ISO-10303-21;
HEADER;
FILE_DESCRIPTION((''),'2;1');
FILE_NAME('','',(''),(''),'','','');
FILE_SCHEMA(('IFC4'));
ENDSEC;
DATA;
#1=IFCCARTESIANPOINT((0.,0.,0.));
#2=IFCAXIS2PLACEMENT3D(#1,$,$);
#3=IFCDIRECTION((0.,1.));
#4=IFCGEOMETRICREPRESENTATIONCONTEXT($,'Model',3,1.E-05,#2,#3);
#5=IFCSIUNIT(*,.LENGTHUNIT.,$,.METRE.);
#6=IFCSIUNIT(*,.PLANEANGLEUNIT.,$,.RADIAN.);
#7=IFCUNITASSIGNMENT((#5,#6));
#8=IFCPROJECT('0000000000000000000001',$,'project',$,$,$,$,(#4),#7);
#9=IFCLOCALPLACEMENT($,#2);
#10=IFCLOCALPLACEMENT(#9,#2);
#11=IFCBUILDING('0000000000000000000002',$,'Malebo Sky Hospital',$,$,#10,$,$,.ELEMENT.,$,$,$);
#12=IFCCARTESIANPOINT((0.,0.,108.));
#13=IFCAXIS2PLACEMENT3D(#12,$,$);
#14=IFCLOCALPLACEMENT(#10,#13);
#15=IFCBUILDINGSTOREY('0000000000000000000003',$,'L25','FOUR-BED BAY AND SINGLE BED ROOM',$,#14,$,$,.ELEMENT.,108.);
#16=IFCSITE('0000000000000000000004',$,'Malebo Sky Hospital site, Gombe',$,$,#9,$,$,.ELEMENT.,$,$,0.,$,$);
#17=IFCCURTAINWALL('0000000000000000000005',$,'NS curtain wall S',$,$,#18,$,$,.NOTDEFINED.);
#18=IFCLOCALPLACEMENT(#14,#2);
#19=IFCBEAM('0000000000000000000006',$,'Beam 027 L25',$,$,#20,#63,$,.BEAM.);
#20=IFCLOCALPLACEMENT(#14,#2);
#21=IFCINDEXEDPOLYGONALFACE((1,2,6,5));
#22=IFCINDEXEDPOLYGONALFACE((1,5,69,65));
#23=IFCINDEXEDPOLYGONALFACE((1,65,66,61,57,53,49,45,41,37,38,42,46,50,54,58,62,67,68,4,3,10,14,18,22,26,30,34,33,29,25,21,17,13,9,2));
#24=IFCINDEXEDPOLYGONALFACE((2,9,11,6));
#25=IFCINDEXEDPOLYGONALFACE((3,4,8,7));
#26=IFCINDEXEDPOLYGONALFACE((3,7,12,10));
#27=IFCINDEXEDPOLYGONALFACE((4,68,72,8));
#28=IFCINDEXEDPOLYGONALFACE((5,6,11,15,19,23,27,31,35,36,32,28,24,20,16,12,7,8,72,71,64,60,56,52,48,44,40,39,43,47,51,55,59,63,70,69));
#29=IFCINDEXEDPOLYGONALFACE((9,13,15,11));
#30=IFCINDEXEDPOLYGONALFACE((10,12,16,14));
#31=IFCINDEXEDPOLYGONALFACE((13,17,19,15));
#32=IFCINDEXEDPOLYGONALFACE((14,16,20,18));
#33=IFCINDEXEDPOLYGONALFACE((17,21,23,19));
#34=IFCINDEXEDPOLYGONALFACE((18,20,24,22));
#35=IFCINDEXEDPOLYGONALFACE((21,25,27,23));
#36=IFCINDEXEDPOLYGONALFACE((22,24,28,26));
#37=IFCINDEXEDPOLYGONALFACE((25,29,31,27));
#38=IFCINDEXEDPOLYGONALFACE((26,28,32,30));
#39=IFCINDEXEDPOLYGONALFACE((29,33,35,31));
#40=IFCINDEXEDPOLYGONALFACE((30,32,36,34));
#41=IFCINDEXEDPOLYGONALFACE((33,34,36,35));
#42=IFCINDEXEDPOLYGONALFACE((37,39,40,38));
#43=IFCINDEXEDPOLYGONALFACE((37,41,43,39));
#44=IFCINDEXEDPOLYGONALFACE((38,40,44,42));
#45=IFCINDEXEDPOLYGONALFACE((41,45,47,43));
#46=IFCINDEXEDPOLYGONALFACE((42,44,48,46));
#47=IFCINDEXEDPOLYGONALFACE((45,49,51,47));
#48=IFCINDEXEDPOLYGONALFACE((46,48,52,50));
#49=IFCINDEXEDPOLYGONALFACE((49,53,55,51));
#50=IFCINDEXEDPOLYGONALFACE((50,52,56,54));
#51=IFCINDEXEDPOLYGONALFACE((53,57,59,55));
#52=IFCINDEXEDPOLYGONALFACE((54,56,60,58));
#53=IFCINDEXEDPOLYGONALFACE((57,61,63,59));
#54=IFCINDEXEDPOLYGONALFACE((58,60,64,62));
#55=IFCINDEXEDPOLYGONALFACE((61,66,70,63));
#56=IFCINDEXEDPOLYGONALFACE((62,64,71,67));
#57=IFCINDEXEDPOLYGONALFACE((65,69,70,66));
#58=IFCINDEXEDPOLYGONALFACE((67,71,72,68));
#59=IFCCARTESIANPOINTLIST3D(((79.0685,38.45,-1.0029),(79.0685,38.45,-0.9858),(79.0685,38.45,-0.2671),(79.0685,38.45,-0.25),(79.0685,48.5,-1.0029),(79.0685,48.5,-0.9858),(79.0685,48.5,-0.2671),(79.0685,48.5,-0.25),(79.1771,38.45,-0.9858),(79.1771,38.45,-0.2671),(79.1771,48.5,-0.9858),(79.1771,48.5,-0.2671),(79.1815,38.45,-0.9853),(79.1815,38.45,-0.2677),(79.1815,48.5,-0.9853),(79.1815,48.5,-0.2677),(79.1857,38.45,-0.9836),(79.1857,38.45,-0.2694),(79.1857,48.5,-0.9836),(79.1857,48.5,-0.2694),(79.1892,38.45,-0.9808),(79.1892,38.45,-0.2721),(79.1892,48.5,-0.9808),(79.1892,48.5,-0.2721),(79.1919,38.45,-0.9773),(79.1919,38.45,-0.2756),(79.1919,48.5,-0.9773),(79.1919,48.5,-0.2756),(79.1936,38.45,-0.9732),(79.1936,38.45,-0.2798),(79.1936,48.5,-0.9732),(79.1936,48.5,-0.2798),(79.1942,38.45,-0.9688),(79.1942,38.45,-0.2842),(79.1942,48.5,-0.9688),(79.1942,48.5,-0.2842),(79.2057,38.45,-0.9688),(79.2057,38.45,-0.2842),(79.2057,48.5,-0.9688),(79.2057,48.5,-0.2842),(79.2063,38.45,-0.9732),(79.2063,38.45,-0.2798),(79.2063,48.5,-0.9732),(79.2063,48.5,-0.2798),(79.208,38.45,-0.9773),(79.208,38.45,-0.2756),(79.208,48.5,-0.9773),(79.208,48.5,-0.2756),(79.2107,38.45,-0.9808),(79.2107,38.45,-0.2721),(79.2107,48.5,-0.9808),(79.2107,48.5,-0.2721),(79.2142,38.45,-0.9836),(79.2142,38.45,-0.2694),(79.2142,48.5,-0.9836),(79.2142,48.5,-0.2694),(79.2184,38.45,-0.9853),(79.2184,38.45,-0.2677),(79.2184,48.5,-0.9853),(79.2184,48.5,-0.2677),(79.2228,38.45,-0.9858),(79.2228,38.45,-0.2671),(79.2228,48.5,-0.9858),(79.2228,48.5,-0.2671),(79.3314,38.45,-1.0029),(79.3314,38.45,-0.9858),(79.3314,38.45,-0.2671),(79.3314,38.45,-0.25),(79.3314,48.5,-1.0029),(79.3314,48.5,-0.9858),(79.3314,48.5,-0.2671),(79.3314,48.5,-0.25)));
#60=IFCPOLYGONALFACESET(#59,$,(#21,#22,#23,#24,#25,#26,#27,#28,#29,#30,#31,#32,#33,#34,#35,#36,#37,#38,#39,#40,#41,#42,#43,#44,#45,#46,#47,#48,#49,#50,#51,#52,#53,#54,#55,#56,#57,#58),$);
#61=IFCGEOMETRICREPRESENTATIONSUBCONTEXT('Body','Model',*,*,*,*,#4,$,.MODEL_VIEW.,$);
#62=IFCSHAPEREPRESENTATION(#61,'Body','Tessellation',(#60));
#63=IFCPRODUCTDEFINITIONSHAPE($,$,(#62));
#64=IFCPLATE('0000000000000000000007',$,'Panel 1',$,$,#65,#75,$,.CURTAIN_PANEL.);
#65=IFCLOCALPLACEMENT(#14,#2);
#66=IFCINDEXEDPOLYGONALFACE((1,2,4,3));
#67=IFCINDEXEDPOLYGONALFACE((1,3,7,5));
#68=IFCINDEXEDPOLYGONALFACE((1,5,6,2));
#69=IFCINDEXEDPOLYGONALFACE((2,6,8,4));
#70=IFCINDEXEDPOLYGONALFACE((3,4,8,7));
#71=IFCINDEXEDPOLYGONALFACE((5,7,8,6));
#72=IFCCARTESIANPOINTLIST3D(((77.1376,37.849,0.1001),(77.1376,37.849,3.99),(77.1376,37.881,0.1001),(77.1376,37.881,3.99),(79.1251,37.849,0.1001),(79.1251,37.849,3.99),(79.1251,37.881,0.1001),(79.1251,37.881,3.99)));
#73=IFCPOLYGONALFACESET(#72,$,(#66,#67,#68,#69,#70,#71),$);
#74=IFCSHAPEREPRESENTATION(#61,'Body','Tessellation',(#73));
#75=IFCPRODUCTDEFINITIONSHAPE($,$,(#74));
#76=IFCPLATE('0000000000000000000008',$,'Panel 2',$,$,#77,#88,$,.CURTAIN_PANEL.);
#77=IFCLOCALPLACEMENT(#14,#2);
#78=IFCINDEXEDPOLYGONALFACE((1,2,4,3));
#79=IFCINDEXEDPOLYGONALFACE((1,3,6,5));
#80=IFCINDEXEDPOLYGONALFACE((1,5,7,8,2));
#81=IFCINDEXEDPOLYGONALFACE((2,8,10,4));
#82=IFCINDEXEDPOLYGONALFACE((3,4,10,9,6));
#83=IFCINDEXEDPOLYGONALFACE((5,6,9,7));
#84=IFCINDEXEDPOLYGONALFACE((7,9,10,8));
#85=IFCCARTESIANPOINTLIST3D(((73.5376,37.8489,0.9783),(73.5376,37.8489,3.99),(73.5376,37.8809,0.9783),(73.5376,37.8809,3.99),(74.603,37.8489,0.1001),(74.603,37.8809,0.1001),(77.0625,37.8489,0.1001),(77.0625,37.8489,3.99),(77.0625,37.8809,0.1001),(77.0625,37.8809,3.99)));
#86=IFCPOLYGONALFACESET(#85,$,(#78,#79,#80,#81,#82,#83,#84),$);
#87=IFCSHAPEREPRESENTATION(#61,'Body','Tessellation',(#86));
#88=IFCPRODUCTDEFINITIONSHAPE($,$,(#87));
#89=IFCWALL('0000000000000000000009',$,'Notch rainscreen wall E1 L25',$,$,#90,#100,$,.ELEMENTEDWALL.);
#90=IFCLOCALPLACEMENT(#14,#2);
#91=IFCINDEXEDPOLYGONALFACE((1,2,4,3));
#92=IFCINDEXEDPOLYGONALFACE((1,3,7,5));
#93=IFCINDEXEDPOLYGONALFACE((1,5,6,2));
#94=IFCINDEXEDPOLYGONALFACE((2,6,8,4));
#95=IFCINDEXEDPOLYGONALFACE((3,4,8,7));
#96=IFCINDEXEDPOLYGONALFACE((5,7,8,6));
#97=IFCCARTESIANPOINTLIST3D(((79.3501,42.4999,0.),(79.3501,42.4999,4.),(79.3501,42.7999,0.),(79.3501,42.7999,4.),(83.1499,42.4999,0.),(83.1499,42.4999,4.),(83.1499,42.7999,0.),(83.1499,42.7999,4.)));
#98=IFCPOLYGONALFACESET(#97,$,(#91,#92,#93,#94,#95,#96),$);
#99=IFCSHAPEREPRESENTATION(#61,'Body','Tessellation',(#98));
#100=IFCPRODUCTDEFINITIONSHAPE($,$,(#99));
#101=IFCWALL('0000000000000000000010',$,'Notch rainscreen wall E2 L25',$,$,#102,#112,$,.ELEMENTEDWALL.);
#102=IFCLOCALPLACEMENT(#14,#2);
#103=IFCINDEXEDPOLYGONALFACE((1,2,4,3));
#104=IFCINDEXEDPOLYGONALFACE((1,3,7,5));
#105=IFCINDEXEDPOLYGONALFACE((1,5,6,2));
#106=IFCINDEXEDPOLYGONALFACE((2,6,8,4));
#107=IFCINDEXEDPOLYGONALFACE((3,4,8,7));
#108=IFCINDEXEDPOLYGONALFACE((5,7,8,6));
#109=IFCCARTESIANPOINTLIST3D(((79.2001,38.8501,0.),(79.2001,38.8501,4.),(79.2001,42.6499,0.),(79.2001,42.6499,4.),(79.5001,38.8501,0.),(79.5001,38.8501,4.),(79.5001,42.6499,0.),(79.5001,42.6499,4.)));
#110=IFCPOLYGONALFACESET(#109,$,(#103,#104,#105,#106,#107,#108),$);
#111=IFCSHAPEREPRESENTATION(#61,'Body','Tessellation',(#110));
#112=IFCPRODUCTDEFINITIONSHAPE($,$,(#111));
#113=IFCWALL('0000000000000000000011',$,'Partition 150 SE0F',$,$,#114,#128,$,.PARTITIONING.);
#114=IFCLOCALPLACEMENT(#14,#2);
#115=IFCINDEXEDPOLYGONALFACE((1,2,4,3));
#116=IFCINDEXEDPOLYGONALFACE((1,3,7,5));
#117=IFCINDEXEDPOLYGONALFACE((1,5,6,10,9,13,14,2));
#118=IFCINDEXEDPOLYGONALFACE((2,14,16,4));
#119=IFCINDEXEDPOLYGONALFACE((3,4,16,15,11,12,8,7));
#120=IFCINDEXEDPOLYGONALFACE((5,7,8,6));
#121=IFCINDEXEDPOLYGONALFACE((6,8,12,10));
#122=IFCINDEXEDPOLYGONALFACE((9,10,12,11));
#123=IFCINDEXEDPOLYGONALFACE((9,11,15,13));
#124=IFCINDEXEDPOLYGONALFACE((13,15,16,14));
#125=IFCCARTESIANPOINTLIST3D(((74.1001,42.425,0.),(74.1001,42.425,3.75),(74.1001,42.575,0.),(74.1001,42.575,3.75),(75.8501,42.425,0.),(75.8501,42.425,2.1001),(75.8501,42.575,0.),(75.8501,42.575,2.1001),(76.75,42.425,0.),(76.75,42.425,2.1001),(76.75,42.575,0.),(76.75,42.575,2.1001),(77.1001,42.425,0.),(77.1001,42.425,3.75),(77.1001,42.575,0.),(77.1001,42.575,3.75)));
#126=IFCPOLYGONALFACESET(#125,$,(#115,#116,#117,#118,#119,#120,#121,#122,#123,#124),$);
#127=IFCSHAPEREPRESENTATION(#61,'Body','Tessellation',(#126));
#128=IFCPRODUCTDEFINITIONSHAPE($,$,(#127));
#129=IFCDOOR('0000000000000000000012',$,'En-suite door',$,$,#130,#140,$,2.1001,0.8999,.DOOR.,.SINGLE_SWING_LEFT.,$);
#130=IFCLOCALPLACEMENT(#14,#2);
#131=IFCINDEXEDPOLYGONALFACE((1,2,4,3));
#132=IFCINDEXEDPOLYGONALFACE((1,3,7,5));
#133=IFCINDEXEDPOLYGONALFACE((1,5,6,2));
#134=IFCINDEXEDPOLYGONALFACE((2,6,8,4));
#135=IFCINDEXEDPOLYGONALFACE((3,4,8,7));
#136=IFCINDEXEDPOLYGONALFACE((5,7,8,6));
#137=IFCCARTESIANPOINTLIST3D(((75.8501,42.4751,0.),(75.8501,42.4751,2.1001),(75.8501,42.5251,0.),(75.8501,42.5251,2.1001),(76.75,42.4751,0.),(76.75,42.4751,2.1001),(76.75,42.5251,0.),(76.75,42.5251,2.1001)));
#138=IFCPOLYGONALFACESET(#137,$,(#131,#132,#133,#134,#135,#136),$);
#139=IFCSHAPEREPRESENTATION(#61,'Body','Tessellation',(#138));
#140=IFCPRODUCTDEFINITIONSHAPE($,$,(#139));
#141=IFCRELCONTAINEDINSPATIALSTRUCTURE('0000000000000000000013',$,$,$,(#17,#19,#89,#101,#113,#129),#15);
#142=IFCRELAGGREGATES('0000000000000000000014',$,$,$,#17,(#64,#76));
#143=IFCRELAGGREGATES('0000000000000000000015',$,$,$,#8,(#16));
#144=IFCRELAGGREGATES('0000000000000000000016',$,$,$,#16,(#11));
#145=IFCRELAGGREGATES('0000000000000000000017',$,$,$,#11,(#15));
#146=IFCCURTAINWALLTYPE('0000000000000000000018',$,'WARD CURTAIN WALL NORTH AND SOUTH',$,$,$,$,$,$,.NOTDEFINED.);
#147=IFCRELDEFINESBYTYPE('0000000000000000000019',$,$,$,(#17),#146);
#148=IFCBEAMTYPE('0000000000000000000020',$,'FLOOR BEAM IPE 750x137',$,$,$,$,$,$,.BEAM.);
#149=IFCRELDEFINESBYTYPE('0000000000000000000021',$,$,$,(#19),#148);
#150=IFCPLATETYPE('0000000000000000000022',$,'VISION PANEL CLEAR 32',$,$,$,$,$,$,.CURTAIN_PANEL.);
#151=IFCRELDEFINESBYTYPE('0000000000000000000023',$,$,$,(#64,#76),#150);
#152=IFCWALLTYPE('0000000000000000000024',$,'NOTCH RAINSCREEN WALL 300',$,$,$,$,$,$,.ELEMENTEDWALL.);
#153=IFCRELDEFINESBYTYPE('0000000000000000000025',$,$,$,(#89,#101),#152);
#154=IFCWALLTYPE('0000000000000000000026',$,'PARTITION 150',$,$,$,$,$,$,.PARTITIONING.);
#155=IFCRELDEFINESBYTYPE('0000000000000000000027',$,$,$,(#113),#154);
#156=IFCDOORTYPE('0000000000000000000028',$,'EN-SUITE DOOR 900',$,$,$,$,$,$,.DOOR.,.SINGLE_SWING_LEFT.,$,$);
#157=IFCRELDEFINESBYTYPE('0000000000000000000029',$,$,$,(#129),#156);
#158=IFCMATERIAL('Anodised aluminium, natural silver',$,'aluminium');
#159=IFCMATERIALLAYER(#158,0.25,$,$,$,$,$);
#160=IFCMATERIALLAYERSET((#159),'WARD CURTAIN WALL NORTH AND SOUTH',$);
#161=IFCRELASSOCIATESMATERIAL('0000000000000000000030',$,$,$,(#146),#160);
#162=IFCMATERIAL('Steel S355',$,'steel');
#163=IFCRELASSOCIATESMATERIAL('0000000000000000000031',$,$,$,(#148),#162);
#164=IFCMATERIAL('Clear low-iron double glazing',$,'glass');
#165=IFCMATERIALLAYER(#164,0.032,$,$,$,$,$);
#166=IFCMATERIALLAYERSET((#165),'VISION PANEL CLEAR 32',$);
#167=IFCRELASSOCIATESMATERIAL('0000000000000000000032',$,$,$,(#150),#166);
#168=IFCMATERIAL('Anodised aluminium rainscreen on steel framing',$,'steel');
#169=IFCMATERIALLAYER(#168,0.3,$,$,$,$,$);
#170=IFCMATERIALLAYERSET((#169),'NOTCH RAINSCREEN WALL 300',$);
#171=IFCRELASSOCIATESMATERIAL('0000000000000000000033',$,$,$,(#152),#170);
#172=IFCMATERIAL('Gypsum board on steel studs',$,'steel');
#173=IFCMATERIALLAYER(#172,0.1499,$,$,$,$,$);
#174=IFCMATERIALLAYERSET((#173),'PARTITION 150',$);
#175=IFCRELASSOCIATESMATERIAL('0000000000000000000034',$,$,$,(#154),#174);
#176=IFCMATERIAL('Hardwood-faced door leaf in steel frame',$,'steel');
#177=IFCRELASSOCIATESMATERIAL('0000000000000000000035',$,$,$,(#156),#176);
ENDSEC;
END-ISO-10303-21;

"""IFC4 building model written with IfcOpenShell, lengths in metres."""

from ifc_helpers import new_model, si_unit, direction, frame, frame_2d, origin, origin_2d, place, context, subcontext, project, spatial, polyline, rectangle, i_section, outline, extrude, material, layer, layer_set, material_profile, profile_set, type_object, element, fill, aggregate, save


model = new_model("IFC4")

# Units and contexts
model_context = context("Model", 3, precision=1e-05, world=origin(), true_north=direction((0.0, 1.0)))
body_context = subcontext(model_context, "Body", "Model", "MODEL_VIEW")
ifc_project = project(units=[si_unit("LENGTHUNIT", "METRE"), si_unit("PLANEANGLEUNIT", "RADIAN")], contexts=[model_context])

# Site, building, storey
site_placement = place(None, origin())
site = spatial("IfcSite", under=ifc_project, at=site_placement, Name="Malebo Sky Hospital site, Gombe", CompositionType="ELEMENT", RefElevation=0.0)
building_placement = place(site_placement, origin())
building = spatial("IfcBuilding", under=site, at=building_placement, Name="Malebo Sky Hospital", CompositionType="ELEMENT")
storey_placement = place(building_placement, frame((0.0, 0.0, 108.0)))
storey = spatial("IfcBuildingStorey", under=building, at=storey_placement, Name="L25", Description="FOUR-BED BAY AND SINGLE BED ROOM", CompositionType="ELEMENT", Elevation=108.0)

# Curtain wall
ifc_material_1 = material(Name="Anodised aluminium, natural silver", Category="aluminium")
ifc_layer_1 = layer(ifc_material_1, 0.25)
ifc_layer_set_1 = layer_set([ifc_layer_1], Name="WARD CURTAIN WALL NORTH AND SOUTH")
curtain_wall_type_1 = type_object("IfcCurtainWallType", Name="WARD CURTAIN WALL NORTH AND SOUTH", PredefinedType="NOTDEFINED", material=ifc_layer_set_1)
curtain_wall_1_placement = place(storey_placement, origin())
curtain_wall_1 = element("IfcCurtainWall", 1, at=curtain_wall_1_placement, inside=storey, type_object=curtain_wall_type_1, Name="NS curtain wall S", PredefinedType="NOTDEFINED")

# Shared definitions
ifc_material_2 = material(Name="Steel S355", Category="steel")

# Beam
ifc_material_profile_1 = material_profile(ifc_material_2, i_section(OverallWidth=0.2629, OverallDepth=0.7529, WebThickness=0.0115, FlangeThickness=0.0171, FilletRadius=0.0171, at=origin_2d()), Name="IPE 750x137")
ifc_profile_set_1 = profile_set([ifc_material_profile_1], Name="Steel S355")
beam_type = type_object("IfcBeamType", Name="FLOOR BEAM IPE 750x137", PredefinedType="BEAM", material=ifc_profile_set_1)
beam_placement = place(storey_placement, frame((79.2, 38.45, -0.6265), z_axis=(0.0, 1.0, 0.0), x_axis=(-1.0, 0.0, 0.0)))
element("IfcBeam", 2, at=beam_placement, inside=storey, type_object=beam_type, Name="Beam 027 L25", PredefinedType="BEAM", context=body_context, shape_type="SweptSolid", body=[
    extrude(i_section(OverallWidth=0.2629, OverallDepth=0.7529, WebThickness=0.0115, FlangeThickness=0.0171, FilletRadius=0.0171, at=origin_2d()), origin(), (0.0, 0.0, 1.0), 10.05),
])

# Plates
ifc_material_3 = material(Name="Clear low-iron double glazing", Category="glass")
ifc_layer_2 = layer(ifc_material_3, 0.032)
ifc_layer_set_2 = layer_set([ifc_layer_2], Name="VISION PANEL CLEAR 32")
plate_type = type_object("IfcPlateType", Name="VISION PANEL CLEAR 32", PredefinedType="CURTAIN_PANEL", material=ifc_layer_set_2)
plate_1_placement = place(storey_placement, frame((78.1313, 37.865, 0.1001), z_axis=(0.0, 0.0, 1.0), x_axis=(-1.0, 0.0, 0.0)))
plate_1 = element("IfcPlate", 3, at=plate_1_placement, type_object=plate_type, Name="Panel 1", PredefinedType="CURTAIN_PANEL", context=body_context, shape_type="SweptSolid", body=[
    extrude(rectangle(XDim=1.9875, YDim=0.032, at=origin_2d()), origin(), (0.0, 0.0, 1.0), 3.8899),
])
plate_2_placement = place(storey_placement, frame((75.3, 37.865, 0.1001), z_axis=(0.0, 0.0, 1.0), x_axis=(-1.0, 0.0, 0.0)))
plate_2 = element("IfcPlate", 4, at=plate_2_placement, type_object=plate_type, Name="Panel 2", PredefinedType="CURTAIN_PANEL", context=body_context, shape_type="SweptSolid", body=[
    extrude(outline(polyline([(-1.7625, 0.0), (0.697, 0.0), (1.7625, 0.8782), (1.7625, 3.8899), (-1.7625, 3.8899), (-1.7625, 0.0)])), frame((0.0, 0.0161, 0.0), z_axis=(0.0, -1.0, 0.0), x_axis=(1.0, 0.0, 0.0)), (0.0, 0.0, 1.0), 0.032),
])
aggregate(curtain_wall_1, [plate_1, plate_2])

# Walls
ifc_material_4 = material(Name="Anodised aluminium rainscreen on steel framing", Category="steel")
ifc_layer_3 = layer(ifc_material_4, 0.3)
ifc_layer_set_3 = layer_set([ifc_layer_3], Name="NOTCH RAINSCREEN WALL 300")
wall_type_1 = type_object("IfcWallType", Name="NOTCH RAINSCREEN WALL 300", PredefinedType="ELEMENTEDWALL", material=ifc_layer_set_3)
for number, where, z_axis, x_axis, name in (
    (5, (83.1499, 42.6499, 0.0), (0.0, 0.0, 1.0), (-1.0, 0.0, 0.0), "Notch rainscreen wall E1 L25"),
    (6, (79.3501, 42.6499, 0.0), (0.0, 0.0, 1.0), (0.0, -1.0, 0.0), "Notch rainscreen wall E2 L25"),
):
    element("IfcWall", number, at=place(storey_placement, frame(where, z_axis=z_axis, x_axis=x_axis)), inside=storey, type_object=wall_type_1, Name=name, PredefinedType="ELEMENTEDWALL", context=body_context, shape_type="SweptSolid", body=[
        extrude(rectangle(XDim=3.7998, YDim=0.3, at=frame_2d((1.8999, 0.0))), origin(), (0.0, 0.0, 1.0), 4.0),
    ])

# Wall, opening, door
ifc_material_5 = material(Name="Gypsum board on steel studs", Category="steel")
ifc_layer_4 = layer(ifc_material_5, 0.1499)
ifc_layer_set_4 = layer_set([ifc_layer_4], Name="PARTITION 150")
wall_type_2 = type_object("IfcWallType", Name="PARTITION 150", PredefinedType="PARTITIONING", material=ifc_layer_set_4)
wall_placement = place(storey_placement, frame((77.1001, 42.5, 0.0), z_axis=(0.0, 0.0, 1.0), x_axis=(-1.0, 0.0, 0.0)))
wall = element("IfcWall", 7, at=wall_placement, inside=storey, type_object=wall_type_2, Name="Partition 150 SE0F", PredefinedType="PARTITIONING", context=body_context, shape_type="SweptSolid", body=[
    extrude(rectangle(XDim=3.0, YDim=0.1499, at=frame_2d((1.5, 0.0))), origin(), (0.0, 0.0, 1.0), 3.75),
])
opening_placement = place(wall_placement, frame((0.3501, 0.0, 0.0)))
opening = element("IfcOpeningElement", 8, at=opening_placement, cuts=wall, PredefinedType="OPENING", context=body_context, shape_type="SweptSolid", body=[
    extrude(rectangle(XDim=0.8999, YDim=2.1001, at=frame_2d((0.45, 1.05))), frame((0.0, 0.085, 0.0), z_axis=(0.0, -1.0, 0.0), x_axis=(1.0, 0.0, 0.0)), (0.0, 0.0, 1.0), 0.1699),
])
ifc_material_6 = material(Name="Hardwood-faced door leaf in steel frame", Category="steel")
door_type = type_object("IfcDoorType", Name="EN-SUITE DOOR 900", OperationType="SINGLE_SWING_LEFT", PredefinedType="DOOR", material=ifc_material_6)
door_placement = place(opening_placement, origin())
door = element("IfcDoor", 9, at=door_placement, inside=storey, type_object=door_type, Name="En-suite door", OperationType="SINGLE_SWING_LEFT", OverallHeight=2.1001, OverallWidth=0.8999, PredefinedType="DOOR", context=body_context, shape_type="SweptSolid", body=[
    extrude(rectangle(XDim=0.8999, YDim=2.1001, at=frame_2d((0.45, 1.05))), frame((0.0, 0.0249, 0.0), z_axis=(0.0, -1.0, 0.0), x_axis=(1.0, 0.0, 0.0)), (0.0, 0.0, 1.0), 0.05),
])
fill(opening, door)

save(model, "model.ifc")
